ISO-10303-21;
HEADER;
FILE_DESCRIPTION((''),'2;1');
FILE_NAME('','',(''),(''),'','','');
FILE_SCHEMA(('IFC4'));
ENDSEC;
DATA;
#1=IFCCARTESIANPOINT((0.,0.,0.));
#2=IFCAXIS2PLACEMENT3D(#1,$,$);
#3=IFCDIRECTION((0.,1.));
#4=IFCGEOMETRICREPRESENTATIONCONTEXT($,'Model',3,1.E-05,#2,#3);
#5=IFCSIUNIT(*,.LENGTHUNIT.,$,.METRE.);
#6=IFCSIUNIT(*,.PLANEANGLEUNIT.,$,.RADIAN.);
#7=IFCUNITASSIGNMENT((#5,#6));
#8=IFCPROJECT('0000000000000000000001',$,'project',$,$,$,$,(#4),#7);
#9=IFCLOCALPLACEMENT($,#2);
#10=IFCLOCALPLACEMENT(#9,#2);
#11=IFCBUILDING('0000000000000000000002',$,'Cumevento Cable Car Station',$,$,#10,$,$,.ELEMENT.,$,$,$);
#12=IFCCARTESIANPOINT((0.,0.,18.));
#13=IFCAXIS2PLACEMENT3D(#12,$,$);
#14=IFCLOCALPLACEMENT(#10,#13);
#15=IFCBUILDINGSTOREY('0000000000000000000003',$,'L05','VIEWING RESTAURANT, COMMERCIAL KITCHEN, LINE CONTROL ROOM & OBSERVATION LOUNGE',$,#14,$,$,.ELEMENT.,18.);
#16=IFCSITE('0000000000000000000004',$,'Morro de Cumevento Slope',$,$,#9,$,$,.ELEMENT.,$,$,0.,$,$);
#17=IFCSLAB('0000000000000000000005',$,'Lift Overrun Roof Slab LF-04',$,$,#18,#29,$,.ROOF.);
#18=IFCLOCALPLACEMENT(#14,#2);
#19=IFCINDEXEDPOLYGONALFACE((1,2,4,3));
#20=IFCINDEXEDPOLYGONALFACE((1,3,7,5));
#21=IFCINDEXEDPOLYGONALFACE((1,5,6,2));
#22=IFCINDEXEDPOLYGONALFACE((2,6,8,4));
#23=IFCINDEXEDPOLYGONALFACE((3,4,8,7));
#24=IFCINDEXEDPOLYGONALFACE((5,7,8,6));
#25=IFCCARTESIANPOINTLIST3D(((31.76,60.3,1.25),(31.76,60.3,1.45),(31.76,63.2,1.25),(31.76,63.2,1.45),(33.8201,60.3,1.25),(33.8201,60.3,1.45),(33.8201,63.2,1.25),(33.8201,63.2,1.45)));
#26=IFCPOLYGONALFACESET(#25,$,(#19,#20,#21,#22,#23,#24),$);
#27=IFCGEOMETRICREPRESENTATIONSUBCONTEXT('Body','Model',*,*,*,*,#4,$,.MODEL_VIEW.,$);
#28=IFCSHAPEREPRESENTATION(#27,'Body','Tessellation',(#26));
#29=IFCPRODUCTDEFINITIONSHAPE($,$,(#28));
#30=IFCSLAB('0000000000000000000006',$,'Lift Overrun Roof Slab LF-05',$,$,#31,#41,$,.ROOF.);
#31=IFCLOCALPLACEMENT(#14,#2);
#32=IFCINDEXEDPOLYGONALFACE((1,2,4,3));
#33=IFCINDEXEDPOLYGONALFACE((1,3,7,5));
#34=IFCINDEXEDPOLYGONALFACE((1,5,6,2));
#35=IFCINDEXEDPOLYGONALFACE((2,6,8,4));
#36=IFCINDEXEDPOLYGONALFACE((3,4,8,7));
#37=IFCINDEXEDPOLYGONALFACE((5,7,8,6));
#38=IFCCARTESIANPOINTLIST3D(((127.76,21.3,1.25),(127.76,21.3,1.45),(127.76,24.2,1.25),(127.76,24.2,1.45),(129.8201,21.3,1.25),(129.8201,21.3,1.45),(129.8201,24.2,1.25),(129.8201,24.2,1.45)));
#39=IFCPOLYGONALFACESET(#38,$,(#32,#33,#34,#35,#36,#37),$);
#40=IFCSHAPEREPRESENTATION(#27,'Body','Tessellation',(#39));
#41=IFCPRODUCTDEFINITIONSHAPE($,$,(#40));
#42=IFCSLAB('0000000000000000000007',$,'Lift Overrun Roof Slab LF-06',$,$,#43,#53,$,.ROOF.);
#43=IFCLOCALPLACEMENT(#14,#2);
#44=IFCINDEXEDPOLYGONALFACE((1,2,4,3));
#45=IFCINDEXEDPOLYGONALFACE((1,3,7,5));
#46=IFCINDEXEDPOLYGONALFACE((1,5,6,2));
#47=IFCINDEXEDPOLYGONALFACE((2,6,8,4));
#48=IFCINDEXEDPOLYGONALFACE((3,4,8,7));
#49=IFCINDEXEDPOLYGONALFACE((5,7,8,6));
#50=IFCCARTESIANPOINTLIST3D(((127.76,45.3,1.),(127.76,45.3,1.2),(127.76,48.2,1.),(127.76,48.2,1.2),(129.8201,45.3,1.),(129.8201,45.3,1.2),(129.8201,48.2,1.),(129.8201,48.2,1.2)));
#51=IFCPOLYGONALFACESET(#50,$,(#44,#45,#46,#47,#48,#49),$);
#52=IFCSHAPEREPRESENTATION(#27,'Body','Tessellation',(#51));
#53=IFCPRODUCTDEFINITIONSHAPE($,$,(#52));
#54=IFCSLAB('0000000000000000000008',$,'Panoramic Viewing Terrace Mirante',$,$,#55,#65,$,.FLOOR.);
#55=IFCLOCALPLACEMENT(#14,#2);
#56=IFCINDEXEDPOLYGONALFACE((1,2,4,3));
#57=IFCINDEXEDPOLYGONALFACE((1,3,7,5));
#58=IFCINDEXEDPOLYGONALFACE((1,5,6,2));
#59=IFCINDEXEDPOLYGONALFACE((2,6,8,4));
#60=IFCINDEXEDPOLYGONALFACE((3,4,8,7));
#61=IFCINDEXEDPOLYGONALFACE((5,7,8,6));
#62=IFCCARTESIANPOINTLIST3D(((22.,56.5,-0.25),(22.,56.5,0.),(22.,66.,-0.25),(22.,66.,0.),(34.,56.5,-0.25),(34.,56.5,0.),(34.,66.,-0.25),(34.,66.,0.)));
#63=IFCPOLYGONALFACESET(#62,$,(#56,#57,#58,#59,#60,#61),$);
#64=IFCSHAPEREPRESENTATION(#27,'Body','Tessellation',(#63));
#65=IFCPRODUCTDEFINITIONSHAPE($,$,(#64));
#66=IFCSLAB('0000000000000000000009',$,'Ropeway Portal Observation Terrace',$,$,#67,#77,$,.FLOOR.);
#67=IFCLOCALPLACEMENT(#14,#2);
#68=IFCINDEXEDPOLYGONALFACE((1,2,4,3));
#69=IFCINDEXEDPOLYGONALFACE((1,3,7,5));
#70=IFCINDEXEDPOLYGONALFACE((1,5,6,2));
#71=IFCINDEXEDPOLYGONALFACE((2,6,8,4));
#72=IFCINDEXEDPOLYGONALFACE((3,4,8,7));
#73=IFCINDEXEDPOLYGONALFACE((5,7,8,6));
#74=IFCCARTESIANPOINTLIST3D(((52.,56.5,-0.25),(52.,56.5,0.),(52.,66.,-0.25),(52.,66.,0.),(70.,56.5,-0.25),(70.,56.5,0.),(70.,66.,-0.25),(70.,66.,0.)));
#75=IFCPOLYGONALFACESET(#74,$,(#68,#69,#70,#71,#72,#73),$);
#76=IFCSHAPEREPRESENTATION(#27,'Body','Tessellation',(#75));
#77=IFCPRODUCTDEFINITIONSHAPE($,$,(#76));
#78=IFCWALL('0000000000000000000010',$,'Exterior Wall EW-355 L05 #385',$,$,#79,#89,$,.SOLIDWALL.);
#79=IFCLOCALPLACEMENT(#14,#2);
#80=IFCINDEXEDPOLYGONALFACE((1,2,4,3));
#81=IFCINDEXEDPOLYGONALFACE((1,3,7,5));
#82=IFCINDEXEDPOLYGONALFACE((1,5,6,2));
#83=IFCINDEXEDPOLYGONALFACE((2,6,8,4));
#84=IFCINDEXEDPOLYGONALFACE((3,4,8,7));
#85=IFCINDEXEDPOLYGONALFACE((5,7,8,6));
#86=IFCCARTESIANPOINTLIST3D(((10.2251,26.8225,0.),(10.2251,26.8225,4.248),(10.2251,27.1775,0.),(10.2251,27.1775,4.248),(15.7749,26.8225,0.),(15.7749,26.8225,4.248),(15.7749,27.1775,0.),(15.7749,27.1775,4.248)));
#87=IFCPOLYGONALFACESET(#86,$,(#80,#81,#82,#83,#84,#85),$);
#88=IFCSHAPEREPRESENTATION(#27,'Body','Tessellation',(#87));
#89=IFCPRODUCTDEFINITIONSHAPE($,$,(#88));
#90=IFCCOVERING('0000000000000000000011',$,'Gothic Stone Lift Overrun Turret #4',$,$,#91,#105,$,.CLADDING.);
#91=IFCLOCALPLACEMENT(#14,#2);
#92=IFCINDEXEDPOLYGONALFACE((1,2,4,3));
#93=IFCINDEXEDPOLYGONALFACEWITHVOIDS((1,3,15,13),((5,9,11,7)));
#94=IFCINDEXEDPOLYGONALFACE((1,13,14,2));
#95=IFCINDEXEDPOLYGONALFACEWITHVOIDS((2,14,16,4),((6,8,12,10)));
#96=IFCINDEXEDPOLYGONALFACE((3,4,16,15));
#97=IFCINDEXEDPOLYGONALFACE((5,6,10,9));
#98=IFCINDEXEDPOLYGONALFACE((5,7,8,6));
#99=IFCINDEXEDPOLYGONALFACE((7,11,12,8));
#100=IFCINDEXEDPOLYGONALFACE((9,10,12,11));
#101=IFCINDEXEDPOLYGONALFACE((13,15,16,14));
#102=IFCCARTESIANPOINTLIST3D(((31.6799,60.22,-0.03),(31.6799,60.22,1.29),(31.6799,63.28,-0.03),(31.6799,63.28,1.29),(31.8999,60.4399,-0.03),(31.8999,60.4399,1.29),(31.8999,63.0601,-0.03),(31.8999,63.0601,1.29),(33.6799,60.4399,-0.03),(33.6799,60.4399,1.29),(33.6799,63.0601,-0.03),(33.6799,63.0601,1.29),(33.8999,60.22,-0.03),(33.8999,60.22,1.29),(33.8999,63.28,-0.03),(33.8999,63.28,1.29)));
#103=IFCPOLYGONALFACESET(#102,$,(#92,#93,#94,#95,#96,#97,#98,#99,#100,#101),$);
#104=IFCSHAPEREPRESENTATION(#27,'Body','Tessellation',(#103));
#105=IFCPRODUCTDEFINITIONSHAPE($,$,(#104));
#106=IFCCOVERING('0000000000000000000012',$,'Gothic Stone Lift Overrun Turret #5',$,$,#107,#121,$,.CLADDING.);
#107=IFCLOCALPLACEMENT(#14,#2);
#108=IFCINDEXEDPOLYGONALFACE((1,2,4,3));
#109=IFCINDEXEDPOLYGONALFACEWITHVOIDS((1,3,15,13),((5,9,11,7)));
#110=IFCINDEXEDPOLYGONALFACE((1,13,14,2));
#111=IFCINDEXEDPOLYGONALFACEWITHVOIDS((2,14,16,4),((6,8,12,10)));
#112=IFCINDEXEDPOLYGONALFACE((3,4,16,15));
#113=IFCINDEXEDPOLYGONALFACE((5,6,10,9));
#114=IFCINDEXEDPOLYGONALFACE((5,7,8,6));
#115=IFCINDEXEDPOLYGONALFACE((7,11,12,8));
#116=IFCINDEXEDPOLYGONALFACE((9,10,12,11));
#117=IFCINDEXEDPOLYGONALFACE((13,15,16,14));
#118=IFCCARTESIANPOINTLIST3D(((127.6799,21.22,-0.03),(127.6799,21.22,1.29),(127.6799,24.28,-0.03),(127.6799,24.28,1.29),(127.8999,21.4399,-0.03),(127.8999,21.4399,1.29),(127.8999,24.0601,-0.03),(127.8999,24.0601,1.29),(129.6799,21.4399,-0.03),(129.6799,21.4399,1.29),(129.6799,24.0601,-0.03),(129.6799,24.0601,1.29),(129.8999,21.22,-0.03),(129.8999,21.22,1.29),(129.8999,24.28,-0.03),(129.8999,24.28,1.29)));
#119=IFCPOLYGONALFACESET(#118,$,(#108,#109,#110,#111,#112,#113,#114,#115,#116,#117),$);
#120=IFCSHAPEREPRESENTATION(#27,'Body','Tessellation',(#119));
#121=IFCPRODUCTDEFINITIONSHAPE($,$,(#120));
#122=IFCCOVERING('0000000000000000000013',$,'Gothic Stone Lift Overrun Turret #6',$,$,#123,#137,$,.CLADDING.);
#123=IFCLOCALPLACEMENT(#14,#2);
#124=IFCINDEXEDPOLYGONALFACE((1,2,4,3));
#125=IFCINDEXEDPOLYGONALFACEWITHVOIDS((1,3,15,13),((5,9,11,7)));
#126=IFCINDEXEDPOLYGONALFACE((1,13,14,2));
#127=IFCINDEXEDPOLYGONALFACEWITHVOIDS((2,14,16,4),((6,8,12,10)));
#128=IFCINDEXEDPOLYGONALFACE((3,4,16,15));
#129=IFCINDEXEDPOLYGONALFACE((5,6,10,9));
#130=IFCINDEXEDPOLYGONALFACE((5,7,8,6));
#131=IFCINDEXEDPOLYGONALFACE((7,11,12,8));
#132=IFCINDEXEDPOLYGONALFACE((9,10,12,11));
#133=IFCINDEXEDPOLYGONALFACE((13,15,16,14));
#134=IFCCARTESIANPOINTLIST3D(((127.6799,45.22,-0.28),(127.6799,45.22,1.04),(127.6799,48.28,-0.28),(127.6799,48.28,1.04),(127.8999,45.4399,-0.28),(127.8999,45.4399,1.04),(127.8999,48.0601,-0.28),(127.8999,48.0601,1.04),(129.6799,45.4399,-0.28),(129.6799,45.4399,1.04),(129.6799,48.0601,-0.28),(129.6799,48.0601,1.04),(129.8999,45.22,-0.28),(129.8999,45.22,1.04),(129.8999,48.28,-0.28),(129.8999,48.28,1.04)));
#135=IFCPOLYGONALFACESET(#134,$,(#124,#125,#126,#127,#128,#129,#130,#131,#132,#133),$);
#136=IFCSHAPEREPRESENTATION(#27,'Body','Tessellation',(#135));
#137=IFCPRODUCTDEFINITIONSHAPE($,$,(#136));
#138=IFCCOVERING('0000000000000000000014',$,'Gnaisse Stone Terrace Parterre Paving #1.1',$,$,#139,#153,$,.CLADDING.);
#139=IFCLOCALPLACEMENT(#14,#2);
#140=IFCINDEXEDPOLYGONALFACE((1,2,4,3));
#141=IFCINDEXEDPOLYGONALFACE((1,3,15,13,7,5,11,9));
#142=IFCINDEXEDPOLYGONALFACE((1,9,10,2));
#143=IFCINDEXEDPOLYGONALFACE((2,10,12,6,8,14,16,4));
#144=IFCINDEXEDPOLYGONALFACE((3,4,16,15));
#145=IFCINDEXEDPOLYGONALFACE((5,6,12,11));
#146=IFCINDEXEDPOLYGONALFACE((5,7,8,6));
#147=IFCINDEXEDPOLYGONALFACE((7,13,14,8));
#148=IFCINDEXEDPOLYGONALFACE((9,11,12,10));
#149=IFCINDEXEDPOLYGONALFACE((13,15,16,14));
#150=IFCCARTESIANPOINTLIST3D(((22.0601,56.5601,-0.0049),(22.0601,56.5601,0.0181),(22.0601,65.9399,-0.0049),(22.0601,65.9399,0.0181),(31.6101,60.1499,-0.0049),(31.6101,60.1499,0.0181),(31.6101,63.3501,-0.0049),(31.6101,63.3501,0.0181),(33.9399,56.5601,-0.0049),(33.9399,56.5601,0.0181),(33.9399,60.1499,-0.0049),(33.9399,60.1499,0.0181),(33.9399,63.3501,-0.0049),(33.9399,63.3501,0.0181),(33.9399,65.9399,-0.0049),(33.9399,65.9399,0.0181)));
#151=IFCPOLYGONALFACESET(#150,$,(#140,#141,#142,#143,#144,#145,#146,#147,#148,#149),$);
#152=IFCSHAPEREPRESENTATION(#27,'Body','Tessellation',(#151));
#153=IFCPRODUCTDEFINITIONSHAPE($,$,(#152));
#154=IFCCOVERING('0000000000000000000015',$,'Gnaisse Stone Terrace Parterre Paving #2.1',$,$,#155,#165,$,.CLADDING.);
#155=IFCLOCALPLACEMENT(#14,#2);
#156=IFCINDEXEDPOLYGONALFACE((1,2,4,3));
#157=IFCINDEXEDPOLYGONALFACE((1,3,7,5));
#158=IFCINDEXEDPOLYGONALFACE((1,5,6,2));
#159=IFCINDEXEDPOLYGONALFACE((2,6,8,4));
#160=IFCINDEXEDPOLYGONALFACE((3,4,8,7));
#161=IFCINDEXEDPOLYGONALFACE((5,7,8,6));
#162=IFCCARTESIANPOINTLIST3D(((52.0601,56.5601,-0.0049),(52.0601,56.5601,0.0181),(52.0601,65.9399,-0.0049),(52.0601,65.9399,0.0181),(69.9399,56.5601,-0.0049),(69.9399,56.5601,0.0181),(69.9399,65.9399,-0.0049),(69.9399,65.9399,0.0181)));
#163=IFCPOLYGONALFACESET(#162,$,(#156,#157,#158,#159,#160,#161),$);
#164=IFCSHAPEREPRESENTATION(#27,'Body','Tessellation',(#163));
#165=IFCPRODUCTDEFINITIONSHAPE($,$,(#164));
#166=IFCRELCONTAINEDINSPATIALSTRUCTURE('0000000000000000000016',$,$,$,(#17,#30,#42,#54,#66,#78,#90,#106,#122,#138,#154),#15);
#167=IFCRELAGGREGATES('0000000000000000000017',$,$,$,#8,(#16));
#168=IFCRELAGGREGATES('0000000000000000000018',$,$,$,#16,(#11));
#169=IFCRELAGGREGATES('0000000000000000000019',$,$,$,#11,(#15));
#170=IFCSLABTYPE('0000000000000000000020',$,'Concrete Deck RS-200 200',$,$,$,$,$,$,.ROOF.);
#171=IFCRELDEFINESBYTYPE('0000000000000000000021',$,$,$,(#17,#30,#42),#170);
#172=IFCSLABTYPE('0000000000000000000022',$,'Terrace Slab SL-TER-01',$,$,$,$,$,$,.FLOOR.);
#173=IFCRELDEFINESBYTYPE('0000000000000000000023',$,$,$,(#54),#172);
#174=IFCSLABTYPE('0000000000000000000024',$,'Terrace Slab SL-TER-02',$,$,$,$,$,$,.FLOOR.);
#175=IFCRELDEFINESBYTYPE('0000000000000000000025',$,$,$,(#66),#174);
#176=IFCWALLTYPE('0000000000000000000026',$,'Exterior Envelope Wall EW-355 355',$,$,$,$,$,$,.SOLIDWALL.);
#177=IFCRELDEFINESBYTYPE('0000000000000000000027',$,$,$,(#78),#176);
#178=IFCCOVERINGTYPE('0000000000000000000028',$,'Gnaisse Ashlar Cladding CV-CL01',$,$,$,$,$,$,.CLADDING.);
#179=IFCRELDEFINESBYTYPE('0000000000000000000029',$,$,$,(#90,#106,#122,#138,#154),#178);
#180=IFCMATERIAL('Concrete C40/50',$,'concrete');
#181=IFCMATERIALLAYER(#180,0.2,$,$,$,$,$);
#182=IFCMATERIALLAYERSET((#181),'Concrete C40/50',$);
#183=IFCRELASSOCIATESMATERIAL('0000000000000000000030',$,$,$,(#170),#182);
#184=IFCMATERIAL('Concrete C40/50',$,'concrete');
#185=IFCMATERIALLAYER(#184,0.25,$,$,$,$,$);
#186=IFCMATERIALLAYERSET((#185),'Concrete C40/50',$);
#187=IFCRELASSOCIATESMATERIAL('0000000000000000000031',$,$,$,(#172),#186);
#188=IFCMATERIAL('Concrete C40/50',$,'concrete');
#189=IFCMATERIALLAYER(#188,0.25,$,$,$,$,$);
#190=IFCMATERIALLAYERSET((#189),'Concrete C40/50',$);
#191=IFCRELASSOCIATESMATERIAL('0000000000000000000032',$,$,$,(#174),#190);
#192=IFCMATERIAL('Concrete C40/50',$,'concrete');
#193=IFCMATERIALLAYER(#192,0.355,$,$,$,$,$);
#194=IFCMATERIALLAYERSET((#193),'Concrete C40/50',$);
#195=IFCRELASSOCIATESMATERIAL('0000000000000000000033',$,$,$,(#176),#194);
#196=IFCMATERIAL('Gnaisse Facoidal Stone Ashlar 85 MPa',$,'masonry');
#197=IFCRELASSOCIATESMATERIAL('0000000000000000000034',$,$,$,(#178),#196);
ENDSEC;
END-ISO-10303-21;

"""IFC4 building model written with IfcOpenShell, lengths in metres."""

from ifc_helpers import new_model, si_unit, direction, frame, frame_2d, origin, place, context, subcontext, project, spatial, polyline, rectangle, outline, extrude, material, layer, layer_set, type_object, element, save


model = new_model("IFC4")

# Units and contexts
model_context = context("Model", 3, precision=1e-05, world=origin(), true_north=direction((0.0, 1.0)))
body_context = subcontext(model_context, "Body", "Model", "MODEL_VIEW")
ifc_project = project(units=[si_unit("LENGTHUNIT", "METRE"), si_unit("PLANEANGLEUNIT", "RADIAN")], contexts=[model_context])

# Site, building, storey
site_placement = place(None, origin())
site = spatial("IfcSite", under=ifc_project, at=site_placement, Name="Morro de Cumevento Slope", CompositionType="ELEMENT", RefElevation=0.0)
building_placement = place(site_placement, origin())
building = spatial("IfcBuilding", under=site, at=building_placement, Name="Cumevento Cable Car Station", CompositionType="ELEMENT")
storey_placement = place(building_placement, frame((0.0, 0.0, 18.0)))
storey = spatial("IfcBuildingStorey", under=building, at=storey_placement, Name="L05", Description="VIEWING RESTAURANT, COMMERCIAL KITCHEN, LINE CONTROL ROOM & OBSERVATION LOUNGE", CompositionType="ELEMENT", Elevation=18.0)

# Slabs
ifc_material_1 = material(Name="Concrete C40/50", Category="concrete")
ifc_layer_1 = layer(ifc_material_1, 0.2)
ifc_layer_set_1 = layer_set([ifc_layer_1], Name="Concrete C40/50")
slab_type_1 = type_object("IfcSlabType", Name="Concrete Deck RS-200 200", PredefinedType="ROOF", material=ifc_layer_set_1)
slab_1_placement = place(storey_placement, frame((0.0, 0.0, 1.25)))
element("IfcSlab", 1, at=slab_1_placement, inside=storey, type_object=slab_type_1, Name="Lift Overrun Roof Slab LF-04", PredefinedType="ROOF", context=body_context, shape_type="SweptSolid", body=[
    extrude(outline(polyline([(31.76, 60.3), (33.8201, 60.3), (33.8201, 63.2), (31.76, 63.2), (31.76, 60.3)])), origin(), (0.0, 0.0, 1.0), 0.2),
])
slab_2_placement = place(storey_placement, frame((0.0, 0.0, 1.25)))
element("IfcSlab", 2, at=slab_2_placement, inside=storey, type_object=slab_type_1, Name="Lift Overrun Roof Slab LF-05", PredefinedType="ROOF", context=body_context, shape_type="SweptSolid", body=[
    extrude(outline(polyline([(127.76, 21.3), (129.8201, 21.3), (129.8201, 24.2), (127.76, 24.2), (127.76, 21.3)])), origin(), (0.0, 0.0, 1.0), 0.2),
])
slab_3_placement = place(storey_placement, frame((0.0, 0.0, 1.0)))
element("IfcSlab", 3, at=slab_3_placement, inside=storey, type_object=slab_type_1, Name="Lift Overrun Roof Slab LF-06", PredefinedType="ROOF", context=body_context, shape_type="SweptSolid", body=[
    extrude(outline(polyline([(127.76, 45.3), (129.8201, 45.3), (129.8201, 48.2), (127.76, 48.2), (127.76, 45.3)])), origin(), (0.0, 0.0, 1.0), 0.2),
])
ifc_material_2 = material(Name="Concrete C40/50", Category="concrete")
ifc_layer_2 = layer(ifc_material_2, 0.25)
ifc_layer_set_2 = layer_set([ifc_layer_2], Name="Concrete C40/50")
slab_type_2 = type_object("IfcSlabType", Name="Terrace Slab SL-TER-01", PredefinedType="FLOOR", material=ifc_layer_set_2)
slab_4_placement = place(storey_placement, frame((0.0, 0.0, -0.25)))
element("IfcSlab", 4, at=slab_4_placement, inside=storey, type_object=slab_type_2, Name="Panoramic Viewing Terrace Mirante", PredefinedType="FLOOR", context=body_context, shape_type="SweptSolid", body=[
    extrude(outline(polyline([(22.0, 56.5), (34.0, 56.5), (34.0, 66.0), (22.0, 66.0), (22.0, 56.5)])), origin(), (0.0, 0.0, 1.0), 0.25),
])
ifc_material_3 = material(Name="Concrete C40/50", Category="concrete")
ifc_layer_3 = layer(ifc_material_3, 0.25)
ifc_layer_set_3 = layer_set([ifc_layer_3], Name="Concrete C40/50")
slab_type_3 = type_object("IfcSlabType", Name="Terrace Slab SL-TER-02", PredefinedType="FLOOR", material=ifc_layer_set_3)
slab_5_placement = place(storey_placement, frame((0.0, 0.0, -0.25)))
element("IfcSlab", 5, at=slab_5_placement, inside=storey, type_object=slab_type_3, Name="Ropeway Portal Observation Terrace", PredefinedType="FLOOR", context=body_context, shape_type="SweptSolid", body=[
    extrude(outline(polyline([(52.0, 56.5), (70.0, 56.5), (70.0, 66.0), (52.0, 66.0), (52.0, 56.5)])), origin(), (0.0, 0.0, 1.0), 0.25),
])

# Wall
ifc_material_4 = material(Name="Concrete C40/50", Category="concrete")
ifc_layer_4 = layer(ifc_material_4, 0.355)
ifc_layer_set_4 = layer_set([ifc_layer_4], Name="Concrete C40/50")
wall_type = type_object("IfcWallType", Name="Exterior Envelope Wall EW-355 355", PredefinedType="SOLIDWALL", material=ifc_layer_set_4)
wall_placement = place(storey_placement, frame((15.7749, 27.0, 0.0), z_axis=(0.0, 0.0, 1.0), x_axis=(-1.0, 0.0, 0.0)))
element("IfcWall", 6, at=wall_placement, inside=storey, type_object=wall_type, Name="Exterior Wall EW-355 L05 #385", PredefinedType="SOLIDWALL", context=body_context, shape_type="SweptSolid", body=[
    extrude(rectangle(XDim=5.5498, YDim=0.355, at=frame_2d((2.7749, 0.0))), origin(), (0.0, 0.0, 1.0), 4.248),
])

# Coverings
ifc_material_5 = material(Name="Gnaisse Facoidal Stone Ashlar 85 MPa", Category="masonry")
covering_type = type_object("IfcCoveringType", Name="Gnaisse Ashlar Cladding CV-CL01", PredefinedType="CLADDING", material=ifc_material_5)
covering_1_placement = place(storey_placement, frame((0.0, 0.0, -0.03)))
element("IfcCovering", 7, at=covering_1_placement, inside=storey, type_object=covering_type, Name="Gothic Stone Lift Overrun Turret #4", PredefinedType="CLADDING", context=body_context, shape_type="SweptSolid", body=[
    extrude(outline(polyline([(31.6799, 60.22), (31.6799, 63.28), (33.8999, 63.28), (33.8999, 60.22), (31.6799, 60.22)]), holes=[polyline([(33.6799, 63.0601), (31.8999, 63.0601), (31.8999, 60.4399), (33.6799, 60.4399), (33.6799, 63.0601)])]), origin(), (0.0, 0.0, 1.0), 1.3201),
])
covering_2_placement = place(storey_placement, frame((0.0, 0.0, -0.03)))
element("IfcCovering", 8, at=covering_2_placement, inside=storey, type_object=covering_type, Name="Gothic Stone Lift Overrun Turret #5", PredefinedType="CLADDING", context=body_context, shape_type="SweptSolid", body=[
    extrude(outline(polyline([(127.6799, 21.22), (127.6799, 24.28), (129.8999, 24.28), (129.8999, 21.22), (127.6799, 21.22)]), holes=[polyline([(129.6799, 24.0601), (127.8999, 24.0601), (127.8999, 21.4399), (129.6799, 21.4399), (129.6799, 24.0601)])]), origin(), (0.0, 0.0, 1.0), 1.3201),
])
covering_3_placement = place(storey_placement, frame((0.0, 0.0, -0.28)))
element("IfcCovering", 9, at=covering_3_placement, inside=storey, type_object=covering_type, Name="Gothic Stone Lift Overrun Turret #6", PredefinedType="CLADDING", context=body_context, shape_type="SweptSolid", body=[
    extrude(outline(polyline([(127.6799, 45.22), (127.6799, 48.28), (129.8999, 48.28), (129.8999, 45.22), (127.6799, 45.22)]), holes=[polyline([(129.6799, 48.0601), (127.8999, 48.0601), (127.8999, 45.4399), (129.6799, 45.4399), (129.6799, 48.0601)])]), origin(), (0.0, 0.0, 1.0), 1.3201),
])
covering_4_placement = place(storey_placement, frame((0.0, 0.0, -0.0049)))
element("IfcCovering", 10, at=covering_4_placement, inside=storey, type_object=covering_type, Name="Gnaisse Stone Terrace Parterre Paving #1.1", PredefinedType="CLADDING", context=body_context, shape_type="SweptSolid", body=[
    extrude(outline(polyline([(31.6101, 60.1499), (33.9399, 60.1499), (33.9399, 56.5601), (22.0601, 56.5601), (22.0601, 65.9399), (33.9399, 65.9399), (33.9399, 63.3501), (31.6101, 63.3501), (31.6101, 60.1499)])), origin(), (0.0, 0.0, 1.0), 0.0229),
])
covering_5_placement = place(storey_placement, frame((0.0, 0.0, -0.0049)))
element("IfcCovering", 11, at=covering_5_placement, inside=storey, type_object=covering_type, Name="Gnaisse Stone Terrace Parterre Paving #2.1", PredefinedType="CLADDING", context=body_context, shape_type="SweptSolid", body=[
    extrude(outline(polyline([(52.0601, 65.9399), (69.9399, 65.9399), (69.9399, 56.5601), (52.0601, 56.5601), (52.0601, 65.9399)])), origin(), (0.0, 0.0, 1.0), 0.0229),
])

save(model, "model.ifc")
